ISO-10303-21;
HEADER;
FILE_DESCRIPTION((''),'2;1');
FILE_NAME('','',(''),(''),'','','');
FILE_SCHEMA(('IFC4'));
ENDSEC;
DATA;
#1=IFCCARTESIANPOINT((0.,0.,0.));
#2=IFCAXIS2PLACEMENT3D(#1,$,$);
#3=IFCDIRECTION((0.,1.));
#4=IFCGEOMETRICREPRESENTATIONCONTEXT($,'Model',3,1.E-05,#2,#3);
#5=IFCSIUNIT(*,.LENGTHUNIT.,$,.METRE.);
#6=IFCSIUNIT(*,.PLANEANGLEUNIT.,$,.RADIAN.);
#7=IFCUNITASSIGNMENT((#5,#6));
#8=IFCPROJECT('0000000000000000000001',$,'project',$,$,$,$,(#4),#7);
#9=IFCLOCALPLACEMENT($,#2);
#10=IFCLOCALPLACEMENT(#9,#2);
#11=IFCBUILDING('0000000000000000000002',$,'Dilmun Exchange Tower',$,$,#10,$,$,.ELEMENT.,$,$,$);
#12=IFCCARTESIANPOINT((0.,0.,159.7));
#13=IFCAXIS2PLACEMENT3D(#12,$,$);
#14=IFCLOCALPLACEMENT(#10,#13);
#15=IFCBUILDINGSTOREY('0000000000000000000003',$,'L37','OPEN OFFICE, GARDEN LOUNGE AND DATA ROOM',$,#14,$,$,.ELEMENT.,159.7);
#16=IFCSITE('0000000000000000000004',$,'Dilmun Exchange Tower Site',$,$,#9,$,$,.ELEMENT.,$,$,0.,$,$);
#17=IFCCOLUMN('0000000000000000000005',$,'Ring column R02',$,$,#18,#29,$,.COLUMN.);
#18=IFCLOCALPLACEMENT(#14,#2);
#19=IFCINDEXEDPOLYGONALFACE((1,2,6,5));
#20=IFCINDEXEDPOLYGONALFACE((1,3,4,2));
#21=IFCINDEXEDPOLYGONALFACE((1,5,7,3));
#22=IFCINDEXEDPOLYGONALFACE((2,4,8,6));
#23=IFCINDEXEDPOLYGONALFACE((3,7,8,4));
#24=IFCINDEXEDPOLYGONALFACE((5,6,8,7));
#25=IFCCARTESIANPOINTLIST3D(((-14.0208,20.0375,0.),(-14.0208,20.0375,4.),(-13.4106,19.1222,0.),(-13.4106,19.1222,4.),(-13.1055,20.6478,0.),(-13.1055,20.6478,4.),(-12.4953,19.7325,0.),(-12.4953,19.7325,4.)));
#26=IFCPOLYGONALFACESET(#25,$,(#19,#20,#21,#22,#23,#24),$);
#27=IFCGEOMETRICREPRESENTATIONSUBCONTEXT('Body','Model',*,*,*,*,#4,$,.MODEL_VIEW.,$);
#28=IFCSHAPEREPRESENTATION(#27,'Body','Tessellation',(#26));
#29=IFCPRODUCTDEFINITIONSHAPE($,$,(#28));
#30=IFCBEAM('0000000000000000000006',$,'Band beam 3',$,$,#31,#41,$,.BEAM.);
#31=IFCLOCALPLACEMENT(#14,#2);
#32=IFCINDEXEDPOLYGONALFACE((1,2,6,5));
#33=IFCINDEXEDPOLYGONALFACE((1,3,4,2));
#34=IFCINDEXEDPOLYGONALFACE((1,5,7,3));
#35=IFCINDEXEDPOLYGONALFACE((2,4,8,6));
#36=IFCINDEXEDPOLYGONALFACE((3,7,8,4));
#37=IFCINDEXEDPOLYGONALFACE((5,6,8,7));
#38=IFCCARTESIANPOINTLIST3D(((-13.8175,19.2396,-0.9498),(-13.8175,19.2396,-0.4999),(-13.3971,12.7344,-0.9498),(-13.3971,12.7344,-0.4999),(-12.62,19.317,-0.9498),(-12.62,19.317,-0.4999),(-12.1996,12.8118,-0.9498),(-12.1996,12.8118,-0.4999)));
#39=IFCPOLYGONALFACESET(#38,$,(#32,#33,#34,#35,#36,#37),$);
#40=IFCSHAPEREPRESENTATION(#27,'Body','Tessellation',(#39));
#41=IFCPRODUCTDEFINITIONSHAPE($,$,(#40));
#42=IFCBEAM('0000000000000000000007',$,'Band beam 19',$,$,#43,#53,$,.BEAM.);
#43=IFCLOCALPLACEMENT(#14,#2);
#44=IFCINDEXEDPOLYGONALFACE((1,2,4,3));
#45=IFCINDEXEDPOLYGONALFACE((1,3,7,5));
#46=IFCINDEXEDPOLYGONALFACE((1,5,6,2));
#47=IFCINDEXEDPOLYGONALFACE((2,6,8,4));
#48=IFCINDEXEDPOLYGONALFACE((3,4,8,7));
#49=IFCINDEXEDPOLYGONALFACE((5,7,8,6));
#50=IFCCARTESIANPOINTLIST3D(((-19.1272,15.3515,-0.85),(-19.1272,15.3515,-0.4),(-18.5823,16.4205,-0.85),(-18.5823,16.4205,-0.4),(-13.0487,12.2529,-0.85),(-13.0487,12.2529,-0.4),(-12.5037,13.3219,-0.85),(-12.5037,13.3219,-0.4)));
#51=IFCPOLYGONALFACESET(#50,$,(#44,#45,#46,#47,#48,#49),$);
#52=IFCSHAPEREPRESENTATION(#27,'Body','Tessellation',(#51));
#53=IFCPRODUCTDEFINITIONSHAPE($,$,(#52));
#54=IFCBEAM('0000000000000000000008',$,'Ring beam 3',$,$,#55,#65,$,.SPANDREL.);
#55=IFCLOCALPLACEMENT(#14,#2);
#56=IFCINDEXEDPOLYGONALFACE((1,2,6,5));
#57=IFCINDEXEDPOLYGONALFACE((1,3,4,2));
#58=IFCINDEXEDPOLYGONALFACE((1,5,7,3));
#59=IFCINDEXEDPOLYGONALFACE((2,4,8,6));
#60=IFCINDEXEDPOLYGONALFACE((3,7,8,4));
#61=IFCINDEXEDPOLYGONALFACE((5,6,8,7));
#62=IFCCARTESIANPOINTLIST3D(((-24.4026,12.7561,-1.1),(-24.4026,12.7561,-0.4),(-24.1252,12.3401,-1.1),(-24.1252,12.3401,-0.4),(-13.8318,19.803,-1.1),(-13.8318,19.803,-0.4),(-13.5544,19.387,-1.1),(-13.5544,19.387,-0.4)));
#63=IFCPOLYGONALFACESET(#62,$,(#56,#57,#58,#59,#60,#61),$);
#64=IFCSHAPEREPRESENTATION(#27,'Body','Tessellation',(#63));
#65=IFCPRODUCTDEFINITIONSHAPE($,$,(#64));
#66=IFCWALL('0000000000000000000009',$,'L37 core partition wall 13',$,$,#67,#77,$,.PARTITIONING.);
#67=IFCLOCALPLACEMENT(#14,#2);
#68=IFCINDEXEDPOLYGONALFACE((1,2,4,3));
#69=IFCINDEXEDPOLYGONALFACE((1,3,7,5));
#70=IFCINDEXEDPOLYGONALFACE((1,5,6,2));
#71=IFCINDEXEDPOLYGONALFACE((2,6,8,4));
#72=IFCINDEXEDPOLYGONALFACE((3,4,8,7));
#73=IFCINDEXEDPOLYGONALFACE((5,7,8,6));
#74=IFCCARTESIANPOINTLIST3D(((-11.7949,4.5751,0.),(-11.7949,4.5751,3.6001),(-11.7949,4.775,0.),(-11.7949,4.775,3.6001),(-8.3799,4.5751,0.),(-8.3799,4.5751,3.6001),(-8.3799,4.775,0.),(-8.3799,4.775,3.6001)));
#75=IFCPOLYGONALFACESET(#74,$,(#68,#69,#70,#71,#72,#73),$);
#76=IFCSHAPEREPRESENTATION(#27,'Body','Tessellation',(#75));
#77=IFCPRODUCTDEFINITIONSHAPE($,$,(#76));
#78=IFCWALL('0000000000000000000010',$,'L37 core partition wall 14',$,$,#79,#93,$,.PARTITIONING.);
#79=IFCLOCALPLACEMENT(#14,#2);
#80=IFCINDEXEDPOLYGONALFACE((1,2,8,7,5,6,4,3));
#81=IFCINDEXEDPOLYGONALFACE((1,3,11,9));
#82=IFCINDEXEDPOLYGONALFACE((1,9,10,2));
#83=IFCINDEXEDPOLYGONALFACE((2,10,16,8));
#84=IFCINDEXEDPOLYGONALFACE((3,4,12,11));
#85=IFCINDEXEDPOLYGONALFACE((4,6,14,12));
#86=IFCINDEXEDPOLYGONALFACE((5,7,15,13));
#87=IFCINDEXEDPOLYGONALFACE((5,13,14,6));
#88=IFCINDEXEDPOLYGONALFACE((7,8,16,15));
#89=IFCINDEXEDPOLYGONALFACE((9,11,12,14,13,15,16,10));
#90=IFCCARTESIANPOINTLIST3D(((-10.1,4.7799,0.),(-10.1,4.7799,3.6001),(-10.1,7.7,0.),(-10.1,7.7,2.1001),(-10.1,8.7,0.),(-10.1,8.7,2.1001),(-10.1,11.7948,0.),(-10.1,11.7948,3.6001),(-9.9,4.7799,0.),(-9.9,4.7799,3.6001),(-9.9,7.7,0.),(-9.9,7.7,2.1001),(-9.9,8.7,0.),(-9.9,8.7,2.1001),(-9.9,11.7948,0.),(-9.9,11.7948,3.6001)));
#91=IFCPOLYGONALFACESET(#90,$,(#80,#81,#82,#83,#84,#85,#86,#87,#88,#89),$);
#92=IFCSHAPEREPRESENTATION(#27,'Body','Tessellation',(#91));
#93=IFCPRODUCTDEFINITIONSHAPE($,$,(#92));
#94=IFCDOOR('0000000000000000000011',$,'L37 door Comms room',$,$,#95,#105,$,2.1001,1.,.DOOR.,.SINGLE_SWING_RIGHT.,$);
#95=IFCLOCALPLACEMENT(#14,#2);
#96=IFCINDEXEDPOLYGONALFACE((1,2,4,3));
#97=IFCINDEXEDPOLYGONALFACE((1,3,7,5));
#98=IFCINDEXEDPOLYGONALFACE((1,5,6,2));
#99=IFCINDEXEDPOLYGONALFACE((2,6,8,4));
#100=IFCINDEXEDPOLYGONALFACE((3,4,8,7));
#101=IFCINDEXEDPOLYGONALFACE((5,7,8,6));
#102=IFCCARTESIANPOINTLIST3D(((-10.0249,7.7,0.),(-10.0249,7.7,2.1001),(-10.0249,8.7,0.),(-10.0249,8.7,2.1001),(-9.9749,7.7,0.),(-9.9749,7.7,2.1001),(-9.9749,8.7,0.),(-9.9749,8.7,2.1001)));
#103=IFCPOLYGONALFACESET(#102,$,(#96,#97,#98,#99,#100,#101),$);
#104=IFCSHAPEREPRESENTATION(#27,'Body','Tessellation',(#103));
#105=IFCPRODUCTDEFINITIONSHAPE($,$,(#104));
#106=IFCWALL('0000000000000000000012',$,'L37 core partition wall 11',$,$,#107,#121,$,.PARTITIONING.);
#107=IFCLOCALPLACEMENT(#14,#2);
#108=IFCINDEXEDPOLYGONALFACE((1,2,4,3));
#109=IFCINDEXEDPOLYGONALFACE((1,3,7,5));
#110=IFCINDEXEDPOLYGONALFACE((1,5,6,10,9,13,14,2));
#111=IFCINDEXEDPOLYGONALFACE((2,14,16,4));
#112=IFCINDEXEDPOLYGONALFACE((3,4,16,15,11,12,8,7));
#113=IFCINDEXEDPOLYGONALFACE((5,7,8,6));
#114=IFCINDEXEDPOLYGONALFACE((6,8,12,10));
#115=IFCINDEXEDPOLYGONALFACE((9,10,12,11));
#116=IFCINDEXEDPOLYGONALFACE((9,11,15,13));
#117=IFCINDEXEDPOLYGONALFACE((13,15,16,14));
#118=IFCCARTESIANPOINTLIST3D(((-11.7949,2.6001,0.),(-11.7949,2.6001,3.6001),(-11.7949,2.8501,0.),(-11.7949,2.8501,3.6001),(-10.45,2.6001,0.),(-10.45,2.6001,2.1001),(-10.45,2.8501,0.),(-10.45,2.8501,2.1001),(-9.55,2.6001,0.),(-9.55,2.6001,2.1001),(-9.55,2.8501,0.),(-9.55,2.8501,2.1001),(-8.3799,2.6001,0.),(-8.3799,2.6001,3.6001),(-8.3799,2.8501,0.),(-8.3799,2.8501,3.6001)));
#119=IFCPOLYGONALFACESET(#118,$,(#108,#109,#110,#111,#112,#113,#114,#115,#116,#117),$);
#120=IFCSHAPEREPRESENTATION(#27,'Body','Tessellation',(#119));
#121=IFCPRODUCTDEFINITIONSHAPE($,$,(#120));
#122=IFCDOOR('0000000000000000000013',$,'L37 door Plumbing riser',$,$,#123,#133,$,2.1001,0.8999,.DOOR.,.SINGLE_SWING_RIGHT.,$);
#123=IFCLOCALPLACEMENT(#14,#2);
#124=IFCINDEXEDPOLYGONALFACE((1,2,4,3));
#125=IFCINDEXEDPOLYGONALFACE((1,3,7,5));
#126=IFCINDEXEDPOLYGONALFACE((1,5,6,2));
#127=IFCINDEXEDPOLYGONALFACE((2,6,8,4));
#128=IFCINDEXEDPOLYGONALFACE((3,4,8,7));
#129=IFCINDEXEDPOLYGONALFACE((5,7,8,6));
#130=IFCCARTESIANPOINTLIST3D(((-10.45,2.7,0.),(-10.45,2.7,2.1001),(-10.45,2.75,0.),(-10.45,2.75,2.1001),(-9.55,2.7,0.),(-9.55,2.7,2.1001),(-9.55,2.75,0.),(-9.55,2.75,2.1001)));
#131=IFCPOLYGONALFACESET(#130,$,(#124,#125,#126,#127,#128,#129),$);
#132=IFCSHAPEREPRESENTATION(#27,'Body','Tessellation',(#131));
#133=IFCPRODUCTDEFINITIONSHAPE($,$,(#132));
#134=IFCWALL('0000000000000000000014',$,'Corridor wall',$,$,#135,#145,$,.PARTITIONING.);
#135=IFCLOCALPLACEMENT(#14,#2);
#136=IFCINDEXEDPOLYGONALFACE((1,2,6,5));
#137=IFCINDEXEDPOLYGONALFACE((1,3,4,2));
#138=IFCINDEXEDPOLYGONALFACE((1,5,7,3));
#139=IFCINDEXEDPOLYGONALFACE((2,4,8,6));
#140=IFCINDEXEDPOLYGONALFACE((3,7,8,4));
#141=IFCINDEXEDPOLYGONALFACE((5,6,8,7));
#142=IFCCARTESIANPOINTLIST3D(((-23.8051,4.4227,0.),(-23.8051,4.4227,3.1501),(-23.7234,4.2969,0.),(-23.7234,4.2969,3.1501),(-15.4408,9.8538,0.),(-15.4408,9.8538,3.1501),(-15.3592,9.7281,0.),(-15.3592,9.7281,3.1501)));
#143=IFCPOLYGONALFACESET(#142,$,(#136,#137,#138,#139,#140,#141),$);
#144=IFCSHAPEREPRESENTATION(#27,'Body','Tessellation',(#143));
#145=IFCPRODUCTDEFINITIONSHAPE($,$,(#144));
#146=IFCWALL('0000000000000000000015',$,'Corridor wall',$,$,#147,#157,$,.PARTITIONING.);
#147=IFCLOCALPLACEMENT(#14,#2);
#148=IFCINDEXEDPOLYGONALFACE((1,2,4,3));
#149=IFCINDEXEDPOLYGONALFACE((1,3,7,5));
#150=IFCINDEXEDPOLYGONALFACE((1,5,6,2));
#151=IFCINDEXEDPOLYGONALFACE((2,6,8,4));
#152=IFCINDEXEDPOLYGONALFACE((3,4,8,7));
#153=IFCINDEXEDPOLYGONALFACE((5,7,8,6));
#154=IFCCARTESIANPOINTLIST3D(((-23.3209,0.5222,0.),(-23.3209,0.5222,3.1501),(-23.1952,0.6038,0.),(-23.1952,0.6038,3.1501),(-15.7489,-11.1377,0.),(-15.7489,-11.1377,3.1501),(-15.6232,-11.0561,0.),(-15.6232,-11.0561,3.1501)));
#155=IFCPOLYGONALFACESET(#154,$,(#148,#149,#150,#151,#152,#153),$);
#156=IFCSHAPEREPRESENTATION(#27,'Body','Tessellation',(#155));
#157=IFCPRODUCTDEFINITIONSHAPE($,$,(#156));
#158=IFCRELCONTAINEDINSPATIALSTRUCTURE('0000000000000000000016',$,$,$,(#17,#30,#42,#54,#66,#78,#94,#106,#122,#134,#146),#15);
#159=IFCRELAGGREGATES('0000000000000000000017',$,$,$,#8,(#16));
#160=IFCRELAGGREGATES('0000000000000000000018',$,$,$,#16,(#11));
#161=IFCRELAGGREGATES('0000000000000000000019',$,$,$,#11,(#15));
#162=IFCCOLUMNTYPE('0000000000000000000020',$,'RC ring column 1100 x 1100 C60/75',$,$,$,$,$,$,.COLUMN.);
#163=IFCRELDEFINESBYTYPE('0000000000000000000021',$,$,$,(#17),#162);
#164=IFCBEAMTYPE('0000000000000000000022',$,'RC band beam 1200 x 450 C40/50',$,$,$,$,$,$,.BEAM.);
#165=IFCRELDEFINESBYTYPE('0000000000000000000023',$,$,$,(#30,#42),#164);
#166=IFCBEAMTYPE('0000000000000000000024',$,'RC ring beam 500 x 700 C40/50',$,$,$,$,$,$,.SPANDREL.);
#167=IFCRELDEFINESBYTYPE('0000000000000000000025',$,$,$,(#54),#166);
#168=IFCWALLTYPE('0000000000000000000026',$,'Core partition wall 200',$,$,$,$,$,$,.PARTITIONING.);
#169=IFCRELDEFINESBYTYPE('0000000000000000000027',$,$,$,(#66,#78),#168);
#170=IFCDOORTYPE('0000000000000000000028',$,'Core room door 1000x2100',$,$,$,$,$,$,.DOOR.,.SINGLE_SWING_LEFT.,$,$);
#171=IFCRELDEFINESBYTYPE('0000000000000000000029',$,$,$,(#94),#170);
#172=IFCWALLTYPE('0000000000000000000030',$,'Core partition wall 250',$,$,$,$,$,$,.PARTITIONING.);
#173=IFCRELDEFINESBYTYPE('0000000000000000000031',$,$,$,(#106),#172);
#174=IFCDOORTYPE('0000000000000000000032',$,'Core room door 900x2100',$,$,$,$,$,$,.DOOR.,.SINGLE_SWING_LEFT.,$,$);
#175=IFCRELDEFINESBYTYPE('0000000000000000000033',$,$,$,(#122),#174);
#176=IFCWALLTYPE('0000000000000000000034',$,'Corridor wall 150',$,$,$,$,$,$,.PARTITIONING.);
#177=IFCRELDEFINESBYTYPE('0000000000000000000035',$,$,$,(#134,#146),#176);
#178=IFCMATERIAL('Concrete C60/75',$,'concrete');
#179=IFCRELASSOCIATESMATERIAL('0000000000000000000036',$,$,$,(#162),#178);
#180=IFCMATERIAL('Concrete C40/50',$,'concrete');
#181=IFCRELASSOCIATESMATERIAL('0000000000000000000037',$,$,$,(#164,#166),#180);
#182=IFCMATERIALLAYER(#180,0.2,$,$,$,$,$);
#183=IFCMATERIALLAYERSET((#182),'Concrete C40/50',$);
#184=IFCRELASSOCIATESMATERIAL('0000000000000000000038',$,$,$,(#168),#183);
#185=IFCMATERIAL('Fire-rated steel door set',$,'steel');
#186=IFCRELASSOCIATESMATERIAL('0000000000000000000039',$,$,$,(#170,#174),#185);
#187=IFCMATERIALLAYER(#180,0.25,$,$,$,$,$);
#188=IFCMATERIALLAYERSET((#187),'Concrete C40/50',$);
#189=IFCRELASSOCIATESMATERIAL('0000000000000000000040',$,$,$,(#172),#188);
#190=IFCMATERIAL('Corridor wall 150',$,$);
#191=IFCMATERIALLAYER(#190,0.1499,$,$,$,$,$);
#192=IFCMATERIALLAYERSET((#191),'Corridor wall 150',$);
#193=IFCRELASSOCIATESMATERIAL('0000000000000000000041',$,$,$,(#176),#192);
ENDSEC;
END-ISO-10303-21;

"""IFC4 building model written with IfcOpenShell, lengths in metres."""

from ifc_helpers import new_model, si_unit, direction, frame, frame_2d, origin, origin_2d, place, context, subcontext, project, spatial, rectangle, extrude, material, layer, layer_set, material_profile, profile_set, type_object, element, fill, save


model = new_model("IFC4")

# Units and contexts
model_context = context("Model", 3, precision=1e-05, world=origin(), true_north=direction((0.0, 1.0)))
body_context = subcontext(model_context, "Body", "Model", "MODEL_VIEW")
ifc_project = project(units=[si_unit("LENGTHUNIT", "METRE"), si_unit("PLANEANGLEUNIT", "RADIAN")], contexts=[model_context])

# Site, building, storey
site_placement = place(None, origin())
site = spatial("IfcSite", under=ifc_project, at=site_placement, Name="Dilmun Exchange Tower Site", CompositionType="ELEMENT", RefElevation=0.0)
building_placement = place(site_placement, origin())
building = spatial("IfcBuilding", under=site, at=building_placement, Name="Dilmun Exchange Tower", CompositionType="ELEMENT")
storey_placement = place(building_placement, frame((0.0, 0.0, 159.7)))
storey = spatial("IfcBuildingStorey", under=building, at=storey_placement, Name="L37", Description="OPEN OFFICE, GARDEN LOUNGE AND DATA ROOM", CompositionType="ELEMENT", Elevation=159.7)

# Column
ifc_material_1 = material(Name="Concrete C60/75", Category="concrete")
ifc_material_profile_1 = material_profile(ifc_material_1, rectangle(XDim=1.1001, YDim=1.1001, at=origin_2d()), Name="1100 x 1100")
ifc_profile_set_1 = profile_set([ifc_material_profile_1], Name="Concrete C60/75")
column_type = type_object("IfcColumnType", Name="RC ring column 1100 x 1100 C60/75", PredefinedType="COLUMN", material=ifc_profile_set_1)
column_placement = place(storey_placement, frame((-13.2581, 19.885, 0.0), z_axis=(0.0, 0.0, 1.0), x_axis=(0.832029, 0.554733, 0.0)))
element("IfcColumn", 1, at=column_placement, inside=storey, type_object=column_type, Name="Ring column R02", PredefinedType="COLUMN", context=body_context, shape_type="SweptSolid", body=[
    extrude(rectangle(XDim=1.1001, YDim=1.1001, at=origin_2d()), origin(), (0.0, 0.0, 1.0), 4.0),
])

# Beams
ifc_material_2 = material(Name="Concrete C40/50", Category="concrete")
ifc_material_profile_2 = material_profile(ifc_material_2, rectangle(XDim=1.2, YDim=0.45, at=origin_2d()), Name="1200 x 450")
ifc_profile_set_2 = profile_set([ifc_material_profile_2], Name="Concrete C40/50")
beam_type_1 = type_object("IfcBeamType", Name="RC band beam 1200 x 450 C40/50", PredefinedType="BEAM", material=ifc_profile_set_2)
beam_1_placement = place(storey_placement, frame((-13.2188, 19.2783, -0.7249), z_axis=(0.064493, -0.997918, 0.0), x_axis=(0.997918, 0.064493, 0.0)))
element("IfcBeam", 2, at=beam_1_placement, inside=storey, type_object=beam_type_1, Name="Band beam 3", PredefinedType="BEAM", context=body_context, shape_type="SweptSolid", body=[
    extrude(rectangle(XDim=1.2, YDim=0.45, at=origin_2d()), origin(), (0.0, 0.0, 1.0), 6.5188),
])
beam_2_placement = place(storey_placement, frame((-18.8547, 15.886, -0.625), z_axis=(0.890922, -0.454156, 0.0), x_axis=(0.454156, 0.890922, 0.0)))
element("IfcBeam", 3, at=beam_2_placement, inside=storey, type_object=beam_type_1, Name="Band beam 19", PredefinedType="BEAM", context=body_context, shape_type="SweptSolid", body=[
    extrude(rectangle(XDim=1.2, YDim=0.45, at=origin_2d()), origin(), (0.0, 0.0, 1.0), 6.8228),
])
ifc_material_profile_3 = material_profile(ifc_material_2, rectangle(XDim=0.5, YDim=0.7, at=origin_2d()), Name="500 x 700")
ifc_profile_set_3 = profile_set([ifc_material_profile_3], Name="Concrete C40/50")
beam_type_2 = type_object("IfcBeamType", Name="RC ring beam 500 x 700 C40/50", PredefinedType="SPANDREL", material=ifc_profile_set_3)
beam_3_placement = place(storey_placement, frame((-13.6931, 19.595, -0.75), z_axis=(-0.832062, -0.554682, 0.0), x_axis=(0.554682, -0.832062, 0.0)))
element("IfcBeam", 4, at=beam_3_placement, inside=storey, type_object=beam_type_2, Name="Ring beam 3", PredefinedType="SPANDREL", context=body_context, shape_type="SweptSolid", body=[
    extrude(rectangle(XDim=0.5, YDim=0.7, at=origin_2d()), origin(), (0.0, 0.0, 1.0), 12.7043),
])

# Wall
ifc_layer_1 = layer(ifc_material_2, 0.2)
ifc_layer_set_1 = layer_set([ifc_layer_1], Name="Concrete C40/50")
wall_type_1 = type_object("IfcWallType", Name="Core partition wall 200", PredefinedType="PARTITIONING", material=ifc_layer_set_1)
wall_1_placement = place(storey_placement, frame((-11.7949, 4.675, 0.0), z_axis=(0.0, 0.0, 1.0), x_axis=(1.0, 0.0, 0.0)))
element("IfcWall", 5, at=wall_1_placement, inside=storey, type_object=wall_type_1, Name="L37 core partition wall 13", PredefinedType="PARTITIONING", context=body_context, shape_type="SweptSolid", body=[
    extrude(rectangle(XDim=3.415, YDim=0.2, at=frame_2d((1.7075, 0.0))), origin(), (0.0, 0.0, 1.0), 3.6001),
])

# Walls, openings, doors
wall_2_placement = place(storey_placement, frame((-10.0, 4.78, 0.0), z_axis=(0.0, 0.0, 1.0), x_axis=(0.0, 1.0, 0.0)))
wall_2 = element("IfcWall", 6, at=wall_2_placement, inside=storey, type_object=wall_type_1, Name="L37 core partition wall 14", PredefinedType="PARTITIONING", context=body_context, shape_type="SweptSolid", body=[
    extrude(rectangle(XDim=7.0149, YDim=0.2, at=frame_2d((3.5073, 0.0))), origin(), (0.0, 0.0, 1.0), 3.6001),
])
opening_1_placement = place(wall_2_placement, frame((2.9199, 0.0, 0.0)))
opening_1 = element("IfcOpeningElement", 7, at=opening_1_placement, cuts=wall_2, PredefinedType="OPENING", context=body_context, shape_type="SweptSolid", body=[
    extrude(rectangle(XDim=1.0, YDim=2.1001, at=frame_2d((0.5, 1.05))), frame((0.0, 0.1099, 0.0), z_axis=(0.0, -1.0, 0.0), x_axis=(1.0, 0.0, 0.0)), (0.0, 0.0, 1.0), 0.22),
])
ifc_material_3 = material(Name="Fire-rated steel door set", Category="steel")
door_type_1 = type_object("IfcDoorType", Name="Core room door 1000x2100", OperationType="SINGLE_SWING_LEFT", PredefinedType="DOOR", material=ifc_material_3)
door_1_placement = place(opening_1_placement, origin())
door_1 = element("IfcDoor", 8, at=door_1_placement, inside=storey, type_object=door_type_1, Name="L37 door Comms room", OperationType="SINGLE_SWING_RIGHT", OverallHeight=2.1001, OverallWidth=1.0, PredefinedType="DOOR", context=body_context, shape_type="SweptSolid", body=[
    extrude(rectangle(XDim=1.0, YDim=2.1001, at=frame_2d((0.5, 1.05))), frame((0.0, 0.0249, 0.0), z_axis=(0.0, -1.0, 0.0), x_axis=(1.0, 0.0, 0.0)), (0.0, 0.0, 1.0), 0.05),
])
fill(opening_1, door_1)
ifc_layer_2 = layer(ifc_material_2, 0.25)
ifc_layer_set_2 = layer_set([ifc_layer_2], Name="Concrete C40/50")
wall_type_2 = type_object("IfcWallType", Name="Core partition wall 250", PredefinedType="PARTITIONING", material=ifc_layer_set_2)
wall_3_placement = place(storey_placement, frame((-11.7949, 2.7251, 0.0), z_axis=(0.0, 0.0, 1.0), x_axis=(1.0, 0.0, 0.0)))
wall_3 = element("IfcWall", 9, at=wall_3_placement, inside=storey, type_object=wall_type_2, Name="L37 core partition wall 11", PredefinedType="PARTITIONING", context=body_context, shape_type="SweptSolid", body=[
    extrude(rectangle(XDim=3.415, YDim=0.25, at=frame_2d((1.7075, 0.0))), origin(), (0.0, 0.0, 1.0), 3.6001),
])
opening_2_placement = place(wall_3_placement, frame((1.345, 0.0, 0.0)))
opening_2 = element("IfcOpeningElement", 10, at=opening_2_placement, cuts=wall_3, PredefinedType="OPENING", context=body_context, shape_type="SweptSolid", body=[
    extrude(rectangle(XDim=0.8999, YDim=2.1001, at=frame_2d((0.45, 1.05))), frame((0.0, 0.135, 0.0), z_axis=(0.0, -1.0, 0.0), x_axis=(1.0, 0.0, 0.0)), (0.0, 0.0, 1.0), 0.27),
])
door_type_2 = type_object("IfcDoorType", Name="Core room door 900x2100", OperationType="SINGLE_SWING_LEFT", PredefinedType="DOOR", material=ifc_material_3)
door_2_placement = place(opening_2_placement, origin())
door_2 = element("IfcDoor", 11, at=door_2_placement, inside=storey, type_object=door_type_2, Name="L37 door Plumbing riser", OperationType="SINGLE_SWING_RIGHT", OverallHeight=2.1001, OverallWidth=0.8999, PredefinedType="DOOR", context=body_context, shape_type="SweptSolid", body=[
    extrude(rectangle(XDim=0.8999, YDim=2.1001, at=frame_2d((0.45, 1.05))), frame((0.0, 0.0249, 0.0), z_axis=(0.0, -1.0, 0.0), x_axis=(1.0, 0.0, 0.0)), (0.0, 0.0, 1.0), 0.05),
])
fill(opening_2, door_2)

# Walls
ifc_material_4 = material(Name="Corridor wall 150")
ifc_layer_3 = layer(ifc_material_4, 0.1499)
ifc_layer_set_3 = layer_set([ifc_layer_3], Name="Corridor wall 150")
wall_type_3 = type_object("IfcWallType", Name="Corridor wall 150", PredefinedType="PARTITIONING", material=ifc_layer_set_3)
wall_4_placement = place(storey_placement, frame((-23.7642, 4.3599, 0.0), z_axis=(0.0, 0.0, 1.0), x_axis=(0.838701, 0.544592, 0.0)))
element("IfcWall", 12, at=wall_4_placement, inside=storey, type_object=wall_type_3, Name="Corridor wall", PredefinedType="PARTITIONING", context=body_context, shape_type="SweptSolid", body=[
    extrude(rectangle(XDim=9.9729, YDim=0.1499, at=frame_2d((4.9863, 0.0))), origin(), (0.0, 0.0, 1.0), 3.1501),
])
wall_5_placement = place(storey_placement, frame((-23.2581, 0.563, 0.0), z_axis=(0.0, 0.0, 1.0), x_axis=(0.544638, -0.838671, 0.0)))
element("IfcWall", 13, at=wall_5_placement, inside=storey, type_object=wall_type_3, Name="Corridor wall", PredefinedType="PARTITIONING", context=body_context, shape_type="SweptSolid", body=[
    extrude(rectangle(XDim=13.9028, YDim=0.1499, at=frame_2d((6.9514, 0.0))), origin(), (0.0, 0.0, 1.0), 3.1501),
])

save(model, "model.ifc")
